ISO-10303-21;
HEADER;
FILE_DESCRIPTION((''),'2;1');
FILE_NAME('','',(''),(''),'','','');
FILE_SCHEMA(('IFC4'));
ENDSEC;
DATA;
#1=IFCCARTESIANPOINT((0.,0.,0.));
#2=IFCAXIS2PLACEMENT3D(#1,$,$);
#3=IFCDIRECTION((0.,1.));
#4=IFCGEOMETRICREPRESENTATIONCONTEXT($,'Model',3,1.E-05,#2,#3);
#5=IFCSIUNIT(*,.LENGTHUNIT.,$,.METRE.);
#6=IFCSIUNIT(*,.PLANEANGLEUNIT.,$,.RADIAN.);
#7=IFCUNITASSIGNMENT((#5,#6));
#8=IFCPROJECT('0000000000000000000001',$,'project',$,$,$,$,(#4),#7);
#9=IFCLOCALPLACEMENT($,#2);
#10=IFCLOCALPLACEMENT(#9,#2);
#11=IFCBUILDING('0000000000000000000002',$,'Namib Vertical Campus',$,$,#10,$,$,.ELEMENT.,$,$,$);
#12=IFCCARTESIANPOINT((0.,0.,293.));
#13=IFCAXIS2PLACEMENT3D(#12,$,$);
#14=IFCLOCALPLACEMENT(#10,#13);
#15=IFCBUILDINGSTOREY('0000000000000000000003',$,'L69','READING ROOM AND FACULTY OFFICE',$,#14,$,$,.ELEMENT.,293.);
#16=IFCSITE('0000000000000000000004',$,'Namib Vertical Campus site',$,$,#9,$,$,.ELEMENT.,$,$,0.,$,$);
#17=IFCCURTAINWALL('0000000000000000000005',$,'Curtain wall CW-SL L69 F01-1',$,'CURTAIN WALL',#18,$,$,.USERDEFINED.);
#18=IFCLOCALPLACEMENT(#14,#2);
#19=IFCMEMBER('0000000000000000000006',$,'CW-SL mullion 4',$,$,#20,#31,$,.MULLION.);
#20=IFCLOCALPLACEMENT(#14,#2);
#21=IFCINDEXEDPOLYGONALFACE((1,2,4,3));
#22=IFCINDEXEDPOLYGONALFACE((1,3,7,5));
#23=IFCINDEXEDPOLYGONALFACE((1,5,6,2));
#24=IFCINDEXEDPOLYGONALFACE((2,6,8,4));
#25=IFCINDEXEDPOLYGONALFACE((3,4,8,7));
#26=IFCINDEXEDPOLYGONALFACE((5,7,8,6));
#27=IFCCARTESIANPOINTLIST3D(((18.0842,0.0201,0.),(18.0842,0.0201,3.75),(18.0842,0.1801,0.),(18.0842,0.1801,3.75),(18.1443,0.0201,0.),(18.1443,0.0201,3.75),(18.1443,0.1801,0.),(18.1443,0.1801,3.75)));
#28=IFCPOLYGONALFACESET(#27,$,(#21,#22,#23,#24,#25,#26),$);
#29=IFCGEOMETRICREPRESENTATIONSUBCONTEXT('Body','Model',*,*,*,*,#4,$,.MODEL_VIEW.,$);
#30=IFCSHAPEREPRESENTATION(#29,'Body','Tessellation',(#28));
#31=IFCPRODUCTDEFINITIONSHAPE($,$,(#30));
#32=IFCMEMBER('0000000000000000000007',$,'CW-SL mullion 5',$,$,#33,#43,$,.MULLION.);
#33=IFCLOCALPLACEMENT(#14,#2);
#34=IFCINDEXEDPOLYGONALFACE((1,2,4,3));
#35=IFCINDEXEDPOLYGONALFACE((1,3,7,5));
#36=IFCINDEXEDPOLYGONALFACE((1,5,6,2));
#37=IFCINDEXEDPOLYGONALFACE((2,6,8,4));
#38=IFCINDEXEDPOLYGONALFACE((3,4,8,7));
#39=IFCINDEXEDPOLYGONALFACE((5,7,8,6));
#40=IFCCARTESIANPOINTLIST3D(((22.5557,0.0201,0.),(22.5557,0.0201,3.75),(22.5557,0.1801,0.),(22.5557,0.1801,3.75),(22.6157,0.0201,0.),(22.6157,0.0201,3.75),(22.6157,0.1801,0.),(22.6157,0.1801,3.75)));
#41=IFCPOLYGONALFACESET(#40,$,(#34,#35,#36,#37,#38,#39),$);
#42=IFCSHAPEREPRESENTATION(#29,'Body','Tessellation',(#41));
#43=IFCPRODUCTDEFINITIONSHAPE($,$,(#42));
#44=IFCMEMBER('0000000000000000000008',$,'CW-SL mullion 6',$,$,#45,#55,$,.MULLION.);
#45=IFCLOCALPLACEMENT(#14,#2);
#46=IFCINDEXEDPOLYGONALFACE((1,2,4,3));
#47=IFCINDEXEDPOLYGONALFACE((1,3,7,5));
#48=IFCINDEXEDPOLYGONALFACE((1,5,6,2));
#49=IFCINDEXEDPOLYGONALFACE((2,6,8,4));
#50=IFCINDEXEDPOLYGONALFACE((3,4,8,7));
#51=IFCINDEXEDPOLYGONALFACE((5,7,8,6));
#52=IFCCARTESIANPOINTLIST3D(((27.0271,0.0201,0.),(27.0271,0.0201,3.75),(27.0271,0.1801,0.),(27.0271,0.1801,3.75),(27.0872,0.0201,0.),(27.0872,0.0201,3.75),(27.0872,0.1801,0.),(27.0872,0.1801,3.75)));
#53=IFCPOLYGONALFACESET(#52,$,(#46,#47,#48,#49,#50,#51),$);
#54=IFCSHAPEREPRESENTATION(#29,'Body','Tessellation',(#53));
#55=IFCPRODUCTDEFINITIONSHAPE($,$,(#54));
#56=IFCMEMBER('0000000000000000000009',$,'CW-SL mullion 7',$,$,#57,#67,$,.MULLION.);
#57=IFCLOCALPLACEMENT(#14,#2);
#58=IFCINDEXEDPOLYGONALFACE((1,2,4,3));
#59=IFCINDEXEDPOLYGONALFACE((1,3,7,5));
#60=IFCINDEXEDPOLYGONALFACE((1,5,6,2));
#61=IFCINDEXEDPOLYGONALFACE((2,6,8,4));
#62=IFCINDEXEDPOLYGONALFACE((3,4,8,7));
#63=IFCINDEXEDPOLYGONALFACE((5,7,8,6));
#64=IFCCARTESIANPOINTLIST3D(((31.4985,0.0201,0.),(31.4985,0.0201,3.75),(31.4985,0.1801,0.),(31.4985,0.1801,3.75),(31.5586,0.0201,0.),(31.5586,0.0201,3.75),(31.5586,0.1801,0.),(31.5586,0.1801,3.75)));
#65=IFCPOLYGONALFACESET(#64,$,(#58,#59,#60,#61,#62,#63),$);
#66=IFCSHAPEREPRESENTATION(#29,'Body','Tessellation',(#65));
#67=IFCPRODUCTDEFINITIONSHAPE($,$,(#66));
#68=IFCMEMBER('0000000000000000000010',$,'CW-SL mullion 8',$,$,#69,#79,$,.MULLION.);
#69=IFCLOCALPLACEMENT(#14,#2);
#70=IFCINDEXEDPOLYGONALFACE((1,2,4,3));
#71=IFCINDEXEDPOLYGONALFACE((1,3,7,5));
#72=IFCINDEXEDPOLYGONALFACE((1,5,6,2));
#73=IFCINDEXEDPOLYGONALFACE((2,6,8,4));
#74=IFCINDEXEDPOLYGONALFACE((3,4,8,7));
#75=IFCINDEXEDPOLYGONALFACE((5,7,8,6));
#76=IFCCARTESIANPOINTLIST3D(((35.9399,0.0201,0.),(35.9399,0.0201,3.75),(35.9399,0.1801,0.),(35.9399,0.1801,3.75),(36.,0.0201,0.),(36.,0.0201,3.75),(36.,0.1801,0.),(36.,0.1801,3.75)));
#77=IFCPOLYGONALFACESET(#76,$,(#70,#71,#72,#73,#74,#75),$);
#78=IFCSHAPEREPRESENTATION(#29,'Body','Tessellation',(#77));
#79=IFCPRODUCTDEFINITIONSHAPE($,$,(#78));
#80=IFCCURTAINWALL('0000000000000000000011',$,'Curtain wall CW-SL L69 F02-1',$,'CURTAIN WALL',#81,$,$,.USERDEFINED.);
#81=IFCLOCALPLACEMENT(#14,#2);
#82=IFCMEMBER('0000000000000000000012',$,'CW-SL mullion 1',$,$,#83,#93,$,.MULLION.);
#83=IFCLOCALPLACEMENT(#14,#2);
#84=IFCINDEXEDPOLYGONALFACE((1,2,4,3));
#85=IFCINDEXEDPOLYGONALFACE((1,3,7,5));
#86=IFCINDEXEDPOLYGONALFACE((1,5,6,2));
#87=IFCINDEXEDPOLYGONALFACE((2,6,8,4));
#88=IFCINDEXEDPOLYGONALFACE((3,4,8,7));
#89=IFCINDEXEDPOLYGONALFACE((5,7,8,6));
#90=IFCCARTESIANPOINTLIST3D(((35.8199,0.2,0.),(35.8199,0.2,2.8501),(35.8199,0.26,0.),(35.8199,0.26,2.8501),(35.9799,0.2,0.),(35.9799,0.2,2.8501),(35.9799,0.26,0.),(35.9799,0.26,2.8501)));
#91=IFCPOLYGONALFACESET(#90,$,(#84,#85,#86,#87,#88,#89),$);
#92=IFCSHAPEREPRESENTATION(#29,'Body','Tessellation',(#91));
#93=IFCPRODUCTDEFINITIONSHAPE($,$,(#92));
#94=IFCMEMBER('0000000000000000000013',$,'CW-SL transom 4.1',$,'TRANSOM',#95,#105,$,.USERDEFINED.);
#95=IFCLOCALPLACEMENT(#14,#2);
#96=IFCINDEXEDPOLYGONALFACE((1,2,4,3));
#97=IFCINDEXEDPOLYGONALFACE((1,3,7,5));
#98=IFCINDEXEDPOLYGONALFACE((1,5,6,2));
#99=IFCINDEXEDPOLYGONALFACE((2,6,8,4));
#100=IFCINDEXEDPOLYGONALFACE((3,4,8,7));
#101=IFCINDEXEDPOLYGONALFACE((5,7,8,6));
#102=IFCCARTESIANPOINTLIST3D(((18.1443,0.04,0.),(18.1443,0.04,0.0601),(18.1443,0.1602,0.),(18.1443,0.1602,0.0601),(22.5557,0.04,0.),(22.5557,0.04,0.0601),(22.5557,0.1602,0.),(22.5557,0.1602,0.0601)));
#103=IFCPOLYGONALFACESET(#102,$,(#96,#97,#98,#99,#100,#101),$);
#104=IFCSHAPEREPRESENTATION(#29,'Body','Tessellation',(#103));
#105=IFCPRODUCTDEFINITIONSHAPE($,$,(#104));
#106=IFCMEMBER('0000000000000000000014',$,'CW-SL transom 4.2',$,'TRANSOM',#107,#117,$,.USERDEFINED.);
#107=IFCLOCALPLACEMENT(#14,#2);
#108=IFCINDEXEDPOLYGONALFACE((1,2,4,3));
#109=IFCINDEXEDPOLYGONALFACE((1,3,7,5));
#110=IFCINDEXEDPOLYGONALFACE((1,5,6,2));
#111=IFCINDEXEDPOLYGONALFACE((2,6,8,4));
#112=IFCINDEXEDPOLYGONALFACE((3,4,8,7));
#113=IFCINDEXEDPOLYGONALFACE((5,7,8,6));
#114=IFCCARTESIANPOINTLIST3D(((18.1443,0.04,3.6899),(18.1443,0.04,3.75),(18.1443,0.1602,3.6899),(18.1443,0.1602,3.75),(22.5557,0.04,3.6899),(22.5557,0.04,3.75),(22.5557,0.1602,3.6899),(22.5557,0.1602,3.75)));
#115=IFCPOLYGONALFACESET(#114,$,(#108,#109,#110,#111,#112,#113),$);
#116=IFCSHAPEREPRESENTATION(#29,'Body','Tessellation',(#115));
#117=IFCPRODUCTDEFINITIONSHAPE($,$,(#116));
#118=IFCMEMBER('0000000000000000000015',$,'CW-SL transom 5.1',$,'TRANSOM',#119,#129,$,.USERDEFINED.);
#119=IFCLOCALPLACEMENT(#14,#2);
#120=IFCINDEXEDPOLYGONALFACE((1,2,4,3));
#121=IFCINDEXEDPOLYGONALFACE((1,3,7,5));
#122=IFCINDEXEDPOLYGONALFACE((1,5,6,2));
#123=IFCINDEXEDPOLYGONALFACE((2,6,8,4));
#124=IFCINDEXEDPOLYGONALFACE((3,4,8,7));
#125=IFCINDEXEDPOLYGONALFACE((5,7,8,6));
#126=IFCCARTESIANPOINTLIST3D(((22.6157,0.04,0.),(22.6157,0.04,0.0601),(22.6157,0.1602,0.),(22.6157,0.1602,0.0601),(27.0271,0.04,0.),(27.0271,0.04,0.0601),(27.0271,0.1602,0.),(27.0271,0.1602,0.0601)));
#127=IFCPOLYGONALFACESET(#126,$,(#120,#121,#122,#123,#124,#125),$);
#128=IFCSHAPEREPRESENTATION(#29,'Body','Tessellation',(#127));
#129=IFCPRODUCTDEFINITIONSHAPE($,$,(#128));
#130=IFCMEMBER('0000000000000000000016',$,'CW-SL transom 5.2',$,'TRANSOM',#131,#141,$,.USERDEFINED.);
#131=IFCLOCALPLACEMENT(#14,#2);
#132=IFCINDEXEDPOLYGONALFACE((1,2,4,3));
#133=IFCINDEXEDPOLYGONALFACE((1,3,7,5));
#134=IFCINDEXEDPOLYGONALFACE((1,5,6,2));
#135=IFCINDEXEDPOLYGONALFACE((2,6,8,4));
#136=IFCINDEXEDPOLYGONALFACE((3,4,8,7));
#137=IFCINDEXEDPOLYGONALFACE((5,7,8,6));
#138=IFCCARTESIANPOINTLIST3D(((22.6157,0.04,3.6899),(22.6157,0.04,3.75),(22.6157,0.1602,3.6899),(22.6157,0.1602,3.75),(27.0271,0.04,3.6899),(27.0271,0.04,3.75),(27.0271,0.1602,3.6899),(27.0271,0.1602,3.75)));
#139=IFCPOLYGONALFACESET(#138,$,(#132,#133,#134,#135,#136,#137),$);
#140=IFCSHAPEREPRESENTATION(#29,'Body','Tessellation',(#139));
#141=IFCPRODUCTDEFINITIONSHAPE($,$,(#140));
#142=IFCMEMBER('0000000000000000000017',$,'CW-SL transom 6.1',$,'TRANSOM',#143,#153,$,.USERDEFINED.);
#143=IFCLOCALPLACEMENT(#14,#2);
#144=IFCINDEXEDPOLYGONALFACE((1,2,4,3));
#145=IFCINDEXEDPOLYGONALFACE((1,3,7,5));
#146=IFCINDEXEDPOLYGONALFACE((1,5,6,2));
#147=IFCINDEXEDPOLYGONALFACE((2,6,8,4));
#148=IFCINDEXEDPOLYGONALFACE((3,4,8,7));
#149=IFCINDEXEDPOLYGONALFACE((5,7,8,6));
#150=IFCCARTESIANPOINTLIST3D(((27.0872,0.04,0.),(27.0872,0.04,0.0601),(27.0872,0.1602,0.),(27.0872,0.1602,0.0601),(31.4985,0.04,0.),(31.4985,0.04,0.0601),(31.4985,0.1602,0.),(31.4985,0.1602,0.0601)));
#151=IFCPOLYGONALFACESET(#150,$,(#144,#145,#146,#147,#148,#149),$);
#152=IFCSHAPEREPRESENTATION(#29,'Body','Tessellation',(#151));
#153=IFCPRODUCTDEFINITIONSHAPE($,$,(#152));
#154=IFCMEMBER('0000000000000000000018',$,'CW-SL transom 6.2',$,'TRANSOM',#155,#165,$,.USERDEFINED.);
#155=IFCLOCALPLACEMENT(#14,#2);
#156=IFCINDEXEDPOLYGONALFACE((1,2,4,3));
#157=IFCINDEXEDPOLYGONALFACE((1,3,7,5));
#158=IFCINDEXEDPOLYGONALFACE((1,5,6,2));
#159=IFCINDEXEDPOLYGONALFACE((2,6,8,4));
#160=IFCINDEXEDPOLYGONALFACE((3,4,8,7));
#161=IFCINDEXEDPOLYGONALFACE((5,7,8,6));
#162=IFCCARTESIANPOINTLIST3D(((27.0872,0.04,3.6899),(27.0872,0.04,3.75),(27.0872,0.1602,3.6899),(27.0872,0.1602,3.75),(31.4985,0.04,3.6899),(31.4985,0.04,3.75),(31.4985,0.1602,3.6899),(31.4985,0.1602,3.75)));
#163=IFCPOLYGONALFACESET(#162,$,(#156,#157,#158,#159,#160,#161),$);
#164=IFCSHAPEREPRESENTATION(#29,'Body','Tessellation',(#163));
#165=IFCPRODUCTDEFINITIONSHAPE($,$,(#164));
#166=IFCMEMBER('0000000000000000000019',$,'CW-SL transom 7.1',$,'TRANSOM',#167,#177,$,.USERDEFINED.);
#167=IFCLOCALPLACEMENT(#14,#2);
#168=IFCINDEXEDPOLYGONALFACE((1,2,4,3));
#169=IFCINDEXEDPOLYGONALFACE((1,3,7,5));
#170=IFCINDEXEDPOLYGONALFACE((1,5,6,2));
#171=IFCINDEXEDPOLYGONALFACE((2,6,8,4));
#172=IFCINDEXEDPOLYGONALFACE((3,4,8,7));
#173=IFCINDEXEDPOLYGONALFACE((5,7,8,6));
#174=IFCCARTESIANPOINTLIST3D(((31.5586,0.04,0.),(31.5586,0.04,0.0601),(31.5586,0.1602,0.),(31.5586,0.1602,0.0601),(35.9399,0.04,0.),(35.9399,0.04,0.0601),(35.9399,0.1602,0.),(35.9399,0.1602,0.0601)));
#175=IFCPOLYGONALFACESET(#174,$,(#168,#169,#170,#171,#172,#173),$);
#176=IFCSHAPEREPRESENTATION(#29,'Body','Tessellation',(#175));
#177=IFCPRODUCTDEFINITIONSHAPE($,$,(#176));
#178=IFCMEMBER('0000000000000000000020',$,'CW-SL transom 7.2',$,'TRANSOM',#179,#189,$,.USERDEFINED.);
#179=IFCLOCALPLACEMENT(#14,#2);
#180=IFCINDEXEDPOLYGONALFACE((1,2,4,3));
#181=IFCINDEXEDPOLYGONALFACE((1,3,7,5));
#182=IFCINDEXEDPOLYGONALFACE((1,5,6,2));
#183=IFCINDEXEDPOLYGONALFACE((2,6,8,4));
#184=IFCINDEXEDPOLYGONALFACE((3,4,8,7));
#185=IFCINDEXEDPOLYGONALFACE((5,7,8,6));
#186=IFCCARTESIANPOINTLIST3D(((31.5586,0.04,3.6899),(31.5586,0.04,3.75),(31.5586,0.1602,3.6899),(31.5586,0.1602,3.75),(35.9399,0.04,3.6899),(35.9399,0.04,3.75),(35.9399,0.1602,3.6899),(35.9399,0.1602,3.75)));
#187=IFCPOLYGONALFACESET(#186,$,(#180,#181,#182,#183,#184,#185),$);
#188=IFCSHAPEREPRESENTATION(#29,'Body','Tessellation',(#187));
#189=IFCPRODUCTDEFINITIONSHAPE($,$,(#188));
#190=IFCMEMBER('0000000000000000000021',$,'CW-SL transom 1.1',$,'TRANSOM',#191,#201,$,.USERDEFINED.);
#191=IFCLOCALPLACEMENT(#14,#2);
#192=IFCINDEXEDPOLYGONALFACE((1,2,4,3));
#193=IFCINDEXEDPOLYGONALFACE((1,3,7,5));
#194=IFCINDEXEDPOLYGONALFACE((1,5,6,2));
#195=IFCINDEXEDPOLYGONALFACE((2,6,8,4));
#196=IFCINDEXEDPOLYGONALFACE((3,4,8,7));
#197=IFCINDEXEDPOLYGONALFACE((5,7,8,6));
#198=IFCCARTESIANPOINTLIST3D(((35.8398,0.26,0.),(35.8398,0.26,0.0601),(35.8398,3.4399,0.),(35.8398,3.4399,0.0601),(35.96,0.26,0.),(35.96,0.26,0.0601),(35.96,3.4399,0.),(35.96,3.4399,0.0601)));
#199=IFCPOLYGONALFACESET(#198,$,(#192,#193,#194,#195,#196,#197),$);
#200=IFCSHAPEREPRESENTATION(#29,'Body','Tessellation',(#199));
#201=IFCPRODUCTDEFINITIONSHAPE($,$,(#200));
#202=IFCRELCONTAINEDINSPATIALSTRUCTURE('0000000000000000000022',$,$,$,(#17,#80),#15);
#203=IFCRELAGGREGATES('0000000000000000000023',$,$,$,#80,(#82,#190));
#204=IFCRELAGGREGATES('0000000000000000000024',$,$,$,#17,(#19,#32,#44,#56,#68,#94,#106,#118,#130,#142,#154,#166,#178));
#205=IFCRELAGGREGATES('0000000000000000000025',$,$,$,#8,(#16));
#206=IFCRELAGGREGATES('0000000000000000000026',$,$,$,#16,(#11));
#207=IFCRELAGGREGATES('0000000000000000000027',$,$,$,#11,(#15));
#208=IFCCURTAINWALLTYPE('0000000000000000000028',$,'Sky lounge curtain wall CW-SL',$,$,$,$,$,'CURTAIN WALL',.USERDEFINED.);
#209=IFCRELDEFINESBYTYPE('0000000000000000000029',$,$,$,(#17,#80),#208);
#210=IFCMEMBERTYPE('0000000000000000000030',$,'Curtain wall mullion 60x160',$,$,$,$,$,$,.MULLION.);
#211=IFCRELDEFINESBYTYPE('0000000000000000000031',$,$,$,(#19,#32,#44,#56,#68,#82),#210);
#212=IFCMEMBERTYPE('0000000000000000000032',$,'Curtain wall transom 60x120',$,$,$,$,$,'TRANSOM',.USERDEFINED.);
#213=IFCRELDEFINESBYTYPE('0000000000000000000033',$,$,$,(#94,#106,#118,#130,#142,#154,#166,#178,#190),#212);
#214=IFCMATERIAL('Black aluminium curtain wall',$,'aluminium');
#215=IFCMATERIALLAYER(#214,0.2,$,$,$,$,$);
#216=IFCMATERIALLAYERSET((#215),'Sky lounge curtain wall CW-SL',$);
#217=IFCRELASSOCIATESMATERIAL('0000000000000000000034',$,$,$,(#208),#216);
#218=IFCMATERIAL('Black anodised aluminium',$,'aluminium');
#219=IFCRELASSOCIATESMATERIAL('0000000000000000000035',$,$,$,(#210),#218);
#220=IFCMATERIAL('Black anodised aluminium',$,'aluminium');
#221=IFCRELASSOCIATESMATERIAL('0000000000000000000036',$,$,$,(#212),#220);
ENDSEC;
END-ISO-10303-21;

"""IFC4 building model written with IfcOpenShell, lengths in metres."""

from ifc_helpers import new_model, si_unit, direction, frame, origin, origin_2d, place, context, subcontext, project, spatial, rectangle, extrude, material, layer, layer_set, material_profile, profile_set, type_object, element, aggregate, save


model = new_model("IFC4")

# Units and contexts
model_context = context("Model", 3, precision=1e-05, world=origin(), true_north=direction((0.0, 1.0)))
body_context = subcontext(model_context, "Body", "Model", "MODEL_VIEW")
ifc_project = project(units=[si_unit("LENGTHUNIT", "METRE"), si_unit("PLANEANGLEUNIT", "RADIAN")], contexts=[model_context])

# Site, building, storey
site_placement = place(None, origin())
site = spatial("IfcSite", under=ifc_project, at=site_placement, Name="Namib Vertical Campus site", CompositionType="ELEMENT", RefElevation=0.0)
building_placement = place(site_placement, origin())
building = spatial("IfcBuilding", under=site, at=building_placement, Name="Namib Vertical Campus", CompositionType="ELEMENT")
storey_placement = place(building_placement, frame((0.0, 0.0, 293.0)))
storey = spatial("IfcBuildingStorey", under=building, at=storey_placement, Name="L69", Description="READING ROOM AND FACULTY OFFICE", CompositionType="ELEMENT", Elevation=293.0)

# Curtain wall, members
ifc_material_1 = material(Name="Black aluminium curtain wall", Category="aluminium")
ifc_layer_1 = layer(ifc_material_1, 0.2)
ifc_layer_set_1 = layer_set([ifc_layer_1], Name="Sky lounge curtain wall CW-SL")
curtain_wall_type = type_object("IfcCurtainWallType", Name="Sky lounge curtain wall CW-SL", ElementType="CURTAIN WALL", PredefinedType="USERDEFINED", material=ifc_layer_set_1)
curtain_wall_1_placement = place(storey_placement, origin())
curtain_wall_1 = element("IfcCurtainWall", 1, at=curtain_wall_1_placement, inside=storey, type_object=curtain_wall_type, Name="Curtain wall CW-SL L69 F01-1", ObjectType="CURTAIN WALL", PredefinedType="USERDEFINED")
ifc_material_2 = material(Name="Black anodised aluminium", Category="aluminium")
ifc_material_profile_1 = material_profile(ifc_material_2, rectangle(XDim=0.0601, YDim=0.1599, at=origin_2d()))
ifc_profile_set_1 = profile_set([ifc_material_profile_1], Name="Black anodised aluminium")
member_type_1 = type_object("IfcMemberType", Name="Curtain wall mullion 60x160", PredefinedType="MULLION", material=ifc_profile_set_1)
member_1_placement = place(storey_placement, frame((18.1143, 0.1001, 0.0), z_axis=(0.0, 0.0, 1.0), x_axis=(1.0, 0.0, 0.0)))
member_1 = element("IfcMember", 2, at=member_1_placement, type_object=member_type_1, Name="CW-SL mullion 4", PredefinedType="MULLION", context=body_context, shape_type="SweptSolid", body=[
    extrude(rectangle(XDim=0.0601, YDim=0.1599, at=origin_2d()), origin(), (0.0, 0.0, 1.0), 3.75),
])
member_2_placement = place(storey_placement, frame((22.5857, 0.1001, 0.0), z_axis=(0.0, 0.0, 1.0), x_axis=(1.0, 0.0, 0.0)))
member_2 = element("IfcMember", 3, at=member_2_placement, type_object=member_type_1, Name="CW-SL mullion 5", PredefinedType="MULLION", context=body_context, shape_type="SweptSolid", body=[
    extrude(rectangle(XDim=0.0601, YDim=0.1599, at=origin_2d()), origin(), (0.0, 0.0, 1.0), 3.75),
])
member_3_placement = place(storey_placement, frame((27.0571, 0.1001, 0.0), z_axis=(0.0, 0.0, 1.0), x_axis=(1.0, 0.0, 0.0)))
member_3 = element("IfcMember", 4, at=member_3_placement, type_object=member_type_1, Name="CW-SL mullion 6", PredefinedType="MULLION", context=body_context, shape_type="SweptSolid", body=[
    extrude(rectangle(XDim=0.0601, YDim=0.1599, at=origin_2d()), origin(), (0.0, 0.0, 1.0), 3.75),
])
member_4_placement = place(storey_placement, frame((31.5286, 0.1001, 0.0), z_axis=(0.0, 0.0, 1.0), x_axis=(1.0, 0.0, 0.0)))
member_4 = element("IfcMember", 5, at=member_4_placement, type_object=member_type_1, Name="CW-SL mullion 7", PredefinedType="MULLION", context=body_context, shape_type="SweptSolid", body=[
    extrude(rectangle(XDim=0.0601, YDim=0.1599, at=origin_2d()), origin(), (0.0, 0.0, 1.0), 3.75),
])
member_5_placement = place(storey_placement, frame((35.97, 0.1001, 0.0), z_axis=(0.0, 0.0, 1.0), x_axis=(1.0, 0.0, 0.0)))
member_5 = element("IfcMember", 6, at=member_5_placement, type_object=member_type_1, Name="CW-SL mullion 8", PredefinedType="MULLION", context=body_context, shape_type="SweptSolid", body=[
    extrude(rectangle(XDim=0.0601, YDim=0.1599, at=origin_2d()), origin(), (0.0, 0.0, 1.0), 3.75),
])

# Curtain wall, member
curtain_wall_2_placement = place(storey_placement, origin())
curtain_wall_2 = element("IfcCurtainWall", 7, at=curtain_wall_2_placement, inside=storey, type_object=curtain_wall_type, Name="Curtain wall CW-SL L69 F02-1", ObjectType="CURTAIN WALL", PredefinedType="USERDEFINED")
member_6_placement = place(storey_placement, frame((35.8999, 0.23, 0.0), z_axis=(0.0, 0.0, 1.0), x_axis=(0.0, 1.0, 0.0)))
member_6 = element("IfcMember", 8, at=member_6_placement, type_object=member_type_1, Name="CW-SL mullion 1", PredefinedType="MULLION", context=body_context, shape_type="SweptSolid", body=[
    extrude(rectangle(XDim=0.0601, YDim=0.1599, at=origin_2d()), origin(), (0.0, 0.0, 1.0), 2.8501),
])

# Members
ifc_material_3 = material(Name="Black anodised aluminium", Category="aluminium")
ifc_material_profile_2 = material_profile(ifc_material_3, rectangle(XDim=0.0601, YDim=0.1201, at=origin_2d()))
ifc_profile_set_2 = profile_set([ifc_material_profile_2], Name="Black anodised aluminium")
member_type_2 = type_object("IfcMemberType", Name="Curtain wall transom 60x120", ElementType="TRANSOM", PredefinedType="USERDEFINED", material=ifc_profile_set_2)
member_7_placement = place(storey_placement, frame((18.1443, 0.1001, 0.03), z_axis=(1.0, 0.0, 0.0), x_axis=(0.0, 0.0, 1.0)))
member_7 = element("IfcMember", 9, at=member_7_placement, type_object=member_type_2, Name="CW-SL transom 4.1", ObjectType="TRANSOM", PredefinedType="USERDEFINED", context=body_context, shape_type="SweptSolid", body=[
    extrude(rectangle(XDim=0.0601, YDim=0.1201, at=origin_2d()), origin(), (0.0, 0.0, 1.0), 4.4114),
])
member_8_placement = place(storey_placement, frame((18.1443, 0.1001, 3.72), z_axis=(1.0, 0.0, 0.0), x_axis=(0.0, 0.0, 1.0)))
member_8 = element("IfcMember", 10, at=member_8_placement, type_object=member_type_2, Name="CW-SL transom 4.2", ObjectType="TRANSOM", PredefinedType="USERDEFINED", context=body_context, shape_type="SweptSolid", body=[
    extrude(rectangle(XDim=0.0601, YDim=0.1201, at=origin_2d()), origin(), (0.0, 0.0, 1.0), 4.4114),
])
member_9_placement = place(storey_placement, frame((22.6157, 0.1001, 0.03), z_axis=(1.0, 0.0, 0.0), x_axis=(0.0, 0.0, 1.0)))
member_9 = element("IfcMember", 11, at=member_9_placement, type_object=member_type_2, Name="CW-SL transom 5.1", ObjectType="TRANSOM", PredefinedType="USERDEFINED", context=body_context, shape_type="SweptSolid", body=[
    extrude(rectangle(XDim=0.0601, YDim=0.1201, at=origin_2d()), origin(), (0.0, 0.0, 1.0), 4.4114),
])
member_10_placement = place(storey_placement, frame((22.6157, 0.1001, 3.72), z_axis=(1.0, 0.0, 0.0), x_axis=(0.0, 0.0, 1.0)))
member_10 = element("IfcMember", 12, at=member_10_placement, type_object=member_type_2, Name="CW-SL transom 5.2", ObjectType="TRANSOM", PredefinedType="USERDEFINED", context=body_context, shape_type="SweptSolid", body=[
    extrude(rectangle(XDim=0.0601, YDim=0.1201, at=origin_2d()), origin(), (0.0, 0.0, 1.0), 4.4114),
])
member_11_placement = place(storey_placement, frame((27.0872, 0.1001, 0.03), z_axis=(1.0, 0.0, 0.0), x_axis=(0.0, 0.0, 1.0)))
member_11 = element("IfcMember", 13, at=member_11_placement, type_object=member_type_2, Name="CW-SL transom 6.1", ObjectType="TRANSOM", PredefinedType="USERDEFINED", context=body_context, shape_type="SweptSolid", body=[
    extrude(rectangle(XDim=0.0601, YDim=0.1201, at=origin_2d()), origin(), (0.0, 0.0, 1.0), 4.4114),
])
member_12_placement = place(storey_placement, frame((27.0872, 0.1001, 3.72), z_axis=(1.0, 0.0, 0.0), x_axis=(0.0, 0.0, 1.0)))
member_12 = element("IfcMember", 14, at=member_12_placement, type_object=member_type_2, Name="CW-SL transom 6.2", ObjectType="TRANSOM", PredefinedType="USERDEFINED", context=body_context, shape_type="SweptSolid", body=[
    extrude(rectangle(XDim=0.0601, YDim=0.1201, at=origin_2d()), origin(), (0.0, 0.0, 1.0), 4.4114),
])
member_13_placement = place(storey_placement, frame((31.5586, 0.1001, 0.03), z_axis=(1.0, 0.0, 0.0), x_axis=(0.0, 0.0, 1.0)))
member_13 = element("IfcMember", 15, at=member_13_placement, type_object=member_type_2, Name="CW-SL transom 7.1", ObjectType="TRANSOM", PredefinedType="USERDEFINED", context=body_context, shape_type="SweptSolid", body=[
    extrude(rectangle(XDim=0.0601, YDim=0.1201, at=origin_2d()), origin(), (0.0, 0.0, 1.0), 4.3813),
])
member_14_placement = place(storey_placement, frame((31.5586, 0.1001, 3.72), z_axis=(1.0, 0.0, 0.0), x_axis=(0.0, 0.0, 1.0)))
member_14 = element("IfcMember", 16, at=member_14_placement, type_object=member_type_2, Name="CW-SL transom 7.2", ObjectType="TRANSOM", PredefinedType="USERDEFINED", context=body_context, shape_type="SweptSolid", body=[
    extrude(rectangle(XDim=0.0601, YDim=0.1201, at=origin_2d()), origin(), (0.0, 0.0, 1.0), 4.3813),
])
member_15_placement = place(storey_placement, frame((35.8999, 0.26, 0.03), z_axis=(0.0, 1.0, 0.0), x_axis=(0.0, 0.0, 1.0)))
member_15 = element("IfcMember", 17, at=member_15_placement, type_object=member_type_2, Name="CW-SL transom 1.1", ObjectType="TRANSOM", PredefinedType="USERDEFINED", context=body_context, shape_type="SweptSolid", body=[
    extrude(rectangle(XDim=0.0601, YDim=0.1201, at=origin_2d()), origin(), (0.0, 0.0, 1.0), 3.1799),
])
aggregate(curtain_wall_2, [member_6, member_15])

aggregate(curtain_wall_1, [member_1, member_2, member_3, member_4, member_5, member_7, member_8, member_9, member_10, member_11, member_12, member_13, member_14])

save(model, "model.ifc")
